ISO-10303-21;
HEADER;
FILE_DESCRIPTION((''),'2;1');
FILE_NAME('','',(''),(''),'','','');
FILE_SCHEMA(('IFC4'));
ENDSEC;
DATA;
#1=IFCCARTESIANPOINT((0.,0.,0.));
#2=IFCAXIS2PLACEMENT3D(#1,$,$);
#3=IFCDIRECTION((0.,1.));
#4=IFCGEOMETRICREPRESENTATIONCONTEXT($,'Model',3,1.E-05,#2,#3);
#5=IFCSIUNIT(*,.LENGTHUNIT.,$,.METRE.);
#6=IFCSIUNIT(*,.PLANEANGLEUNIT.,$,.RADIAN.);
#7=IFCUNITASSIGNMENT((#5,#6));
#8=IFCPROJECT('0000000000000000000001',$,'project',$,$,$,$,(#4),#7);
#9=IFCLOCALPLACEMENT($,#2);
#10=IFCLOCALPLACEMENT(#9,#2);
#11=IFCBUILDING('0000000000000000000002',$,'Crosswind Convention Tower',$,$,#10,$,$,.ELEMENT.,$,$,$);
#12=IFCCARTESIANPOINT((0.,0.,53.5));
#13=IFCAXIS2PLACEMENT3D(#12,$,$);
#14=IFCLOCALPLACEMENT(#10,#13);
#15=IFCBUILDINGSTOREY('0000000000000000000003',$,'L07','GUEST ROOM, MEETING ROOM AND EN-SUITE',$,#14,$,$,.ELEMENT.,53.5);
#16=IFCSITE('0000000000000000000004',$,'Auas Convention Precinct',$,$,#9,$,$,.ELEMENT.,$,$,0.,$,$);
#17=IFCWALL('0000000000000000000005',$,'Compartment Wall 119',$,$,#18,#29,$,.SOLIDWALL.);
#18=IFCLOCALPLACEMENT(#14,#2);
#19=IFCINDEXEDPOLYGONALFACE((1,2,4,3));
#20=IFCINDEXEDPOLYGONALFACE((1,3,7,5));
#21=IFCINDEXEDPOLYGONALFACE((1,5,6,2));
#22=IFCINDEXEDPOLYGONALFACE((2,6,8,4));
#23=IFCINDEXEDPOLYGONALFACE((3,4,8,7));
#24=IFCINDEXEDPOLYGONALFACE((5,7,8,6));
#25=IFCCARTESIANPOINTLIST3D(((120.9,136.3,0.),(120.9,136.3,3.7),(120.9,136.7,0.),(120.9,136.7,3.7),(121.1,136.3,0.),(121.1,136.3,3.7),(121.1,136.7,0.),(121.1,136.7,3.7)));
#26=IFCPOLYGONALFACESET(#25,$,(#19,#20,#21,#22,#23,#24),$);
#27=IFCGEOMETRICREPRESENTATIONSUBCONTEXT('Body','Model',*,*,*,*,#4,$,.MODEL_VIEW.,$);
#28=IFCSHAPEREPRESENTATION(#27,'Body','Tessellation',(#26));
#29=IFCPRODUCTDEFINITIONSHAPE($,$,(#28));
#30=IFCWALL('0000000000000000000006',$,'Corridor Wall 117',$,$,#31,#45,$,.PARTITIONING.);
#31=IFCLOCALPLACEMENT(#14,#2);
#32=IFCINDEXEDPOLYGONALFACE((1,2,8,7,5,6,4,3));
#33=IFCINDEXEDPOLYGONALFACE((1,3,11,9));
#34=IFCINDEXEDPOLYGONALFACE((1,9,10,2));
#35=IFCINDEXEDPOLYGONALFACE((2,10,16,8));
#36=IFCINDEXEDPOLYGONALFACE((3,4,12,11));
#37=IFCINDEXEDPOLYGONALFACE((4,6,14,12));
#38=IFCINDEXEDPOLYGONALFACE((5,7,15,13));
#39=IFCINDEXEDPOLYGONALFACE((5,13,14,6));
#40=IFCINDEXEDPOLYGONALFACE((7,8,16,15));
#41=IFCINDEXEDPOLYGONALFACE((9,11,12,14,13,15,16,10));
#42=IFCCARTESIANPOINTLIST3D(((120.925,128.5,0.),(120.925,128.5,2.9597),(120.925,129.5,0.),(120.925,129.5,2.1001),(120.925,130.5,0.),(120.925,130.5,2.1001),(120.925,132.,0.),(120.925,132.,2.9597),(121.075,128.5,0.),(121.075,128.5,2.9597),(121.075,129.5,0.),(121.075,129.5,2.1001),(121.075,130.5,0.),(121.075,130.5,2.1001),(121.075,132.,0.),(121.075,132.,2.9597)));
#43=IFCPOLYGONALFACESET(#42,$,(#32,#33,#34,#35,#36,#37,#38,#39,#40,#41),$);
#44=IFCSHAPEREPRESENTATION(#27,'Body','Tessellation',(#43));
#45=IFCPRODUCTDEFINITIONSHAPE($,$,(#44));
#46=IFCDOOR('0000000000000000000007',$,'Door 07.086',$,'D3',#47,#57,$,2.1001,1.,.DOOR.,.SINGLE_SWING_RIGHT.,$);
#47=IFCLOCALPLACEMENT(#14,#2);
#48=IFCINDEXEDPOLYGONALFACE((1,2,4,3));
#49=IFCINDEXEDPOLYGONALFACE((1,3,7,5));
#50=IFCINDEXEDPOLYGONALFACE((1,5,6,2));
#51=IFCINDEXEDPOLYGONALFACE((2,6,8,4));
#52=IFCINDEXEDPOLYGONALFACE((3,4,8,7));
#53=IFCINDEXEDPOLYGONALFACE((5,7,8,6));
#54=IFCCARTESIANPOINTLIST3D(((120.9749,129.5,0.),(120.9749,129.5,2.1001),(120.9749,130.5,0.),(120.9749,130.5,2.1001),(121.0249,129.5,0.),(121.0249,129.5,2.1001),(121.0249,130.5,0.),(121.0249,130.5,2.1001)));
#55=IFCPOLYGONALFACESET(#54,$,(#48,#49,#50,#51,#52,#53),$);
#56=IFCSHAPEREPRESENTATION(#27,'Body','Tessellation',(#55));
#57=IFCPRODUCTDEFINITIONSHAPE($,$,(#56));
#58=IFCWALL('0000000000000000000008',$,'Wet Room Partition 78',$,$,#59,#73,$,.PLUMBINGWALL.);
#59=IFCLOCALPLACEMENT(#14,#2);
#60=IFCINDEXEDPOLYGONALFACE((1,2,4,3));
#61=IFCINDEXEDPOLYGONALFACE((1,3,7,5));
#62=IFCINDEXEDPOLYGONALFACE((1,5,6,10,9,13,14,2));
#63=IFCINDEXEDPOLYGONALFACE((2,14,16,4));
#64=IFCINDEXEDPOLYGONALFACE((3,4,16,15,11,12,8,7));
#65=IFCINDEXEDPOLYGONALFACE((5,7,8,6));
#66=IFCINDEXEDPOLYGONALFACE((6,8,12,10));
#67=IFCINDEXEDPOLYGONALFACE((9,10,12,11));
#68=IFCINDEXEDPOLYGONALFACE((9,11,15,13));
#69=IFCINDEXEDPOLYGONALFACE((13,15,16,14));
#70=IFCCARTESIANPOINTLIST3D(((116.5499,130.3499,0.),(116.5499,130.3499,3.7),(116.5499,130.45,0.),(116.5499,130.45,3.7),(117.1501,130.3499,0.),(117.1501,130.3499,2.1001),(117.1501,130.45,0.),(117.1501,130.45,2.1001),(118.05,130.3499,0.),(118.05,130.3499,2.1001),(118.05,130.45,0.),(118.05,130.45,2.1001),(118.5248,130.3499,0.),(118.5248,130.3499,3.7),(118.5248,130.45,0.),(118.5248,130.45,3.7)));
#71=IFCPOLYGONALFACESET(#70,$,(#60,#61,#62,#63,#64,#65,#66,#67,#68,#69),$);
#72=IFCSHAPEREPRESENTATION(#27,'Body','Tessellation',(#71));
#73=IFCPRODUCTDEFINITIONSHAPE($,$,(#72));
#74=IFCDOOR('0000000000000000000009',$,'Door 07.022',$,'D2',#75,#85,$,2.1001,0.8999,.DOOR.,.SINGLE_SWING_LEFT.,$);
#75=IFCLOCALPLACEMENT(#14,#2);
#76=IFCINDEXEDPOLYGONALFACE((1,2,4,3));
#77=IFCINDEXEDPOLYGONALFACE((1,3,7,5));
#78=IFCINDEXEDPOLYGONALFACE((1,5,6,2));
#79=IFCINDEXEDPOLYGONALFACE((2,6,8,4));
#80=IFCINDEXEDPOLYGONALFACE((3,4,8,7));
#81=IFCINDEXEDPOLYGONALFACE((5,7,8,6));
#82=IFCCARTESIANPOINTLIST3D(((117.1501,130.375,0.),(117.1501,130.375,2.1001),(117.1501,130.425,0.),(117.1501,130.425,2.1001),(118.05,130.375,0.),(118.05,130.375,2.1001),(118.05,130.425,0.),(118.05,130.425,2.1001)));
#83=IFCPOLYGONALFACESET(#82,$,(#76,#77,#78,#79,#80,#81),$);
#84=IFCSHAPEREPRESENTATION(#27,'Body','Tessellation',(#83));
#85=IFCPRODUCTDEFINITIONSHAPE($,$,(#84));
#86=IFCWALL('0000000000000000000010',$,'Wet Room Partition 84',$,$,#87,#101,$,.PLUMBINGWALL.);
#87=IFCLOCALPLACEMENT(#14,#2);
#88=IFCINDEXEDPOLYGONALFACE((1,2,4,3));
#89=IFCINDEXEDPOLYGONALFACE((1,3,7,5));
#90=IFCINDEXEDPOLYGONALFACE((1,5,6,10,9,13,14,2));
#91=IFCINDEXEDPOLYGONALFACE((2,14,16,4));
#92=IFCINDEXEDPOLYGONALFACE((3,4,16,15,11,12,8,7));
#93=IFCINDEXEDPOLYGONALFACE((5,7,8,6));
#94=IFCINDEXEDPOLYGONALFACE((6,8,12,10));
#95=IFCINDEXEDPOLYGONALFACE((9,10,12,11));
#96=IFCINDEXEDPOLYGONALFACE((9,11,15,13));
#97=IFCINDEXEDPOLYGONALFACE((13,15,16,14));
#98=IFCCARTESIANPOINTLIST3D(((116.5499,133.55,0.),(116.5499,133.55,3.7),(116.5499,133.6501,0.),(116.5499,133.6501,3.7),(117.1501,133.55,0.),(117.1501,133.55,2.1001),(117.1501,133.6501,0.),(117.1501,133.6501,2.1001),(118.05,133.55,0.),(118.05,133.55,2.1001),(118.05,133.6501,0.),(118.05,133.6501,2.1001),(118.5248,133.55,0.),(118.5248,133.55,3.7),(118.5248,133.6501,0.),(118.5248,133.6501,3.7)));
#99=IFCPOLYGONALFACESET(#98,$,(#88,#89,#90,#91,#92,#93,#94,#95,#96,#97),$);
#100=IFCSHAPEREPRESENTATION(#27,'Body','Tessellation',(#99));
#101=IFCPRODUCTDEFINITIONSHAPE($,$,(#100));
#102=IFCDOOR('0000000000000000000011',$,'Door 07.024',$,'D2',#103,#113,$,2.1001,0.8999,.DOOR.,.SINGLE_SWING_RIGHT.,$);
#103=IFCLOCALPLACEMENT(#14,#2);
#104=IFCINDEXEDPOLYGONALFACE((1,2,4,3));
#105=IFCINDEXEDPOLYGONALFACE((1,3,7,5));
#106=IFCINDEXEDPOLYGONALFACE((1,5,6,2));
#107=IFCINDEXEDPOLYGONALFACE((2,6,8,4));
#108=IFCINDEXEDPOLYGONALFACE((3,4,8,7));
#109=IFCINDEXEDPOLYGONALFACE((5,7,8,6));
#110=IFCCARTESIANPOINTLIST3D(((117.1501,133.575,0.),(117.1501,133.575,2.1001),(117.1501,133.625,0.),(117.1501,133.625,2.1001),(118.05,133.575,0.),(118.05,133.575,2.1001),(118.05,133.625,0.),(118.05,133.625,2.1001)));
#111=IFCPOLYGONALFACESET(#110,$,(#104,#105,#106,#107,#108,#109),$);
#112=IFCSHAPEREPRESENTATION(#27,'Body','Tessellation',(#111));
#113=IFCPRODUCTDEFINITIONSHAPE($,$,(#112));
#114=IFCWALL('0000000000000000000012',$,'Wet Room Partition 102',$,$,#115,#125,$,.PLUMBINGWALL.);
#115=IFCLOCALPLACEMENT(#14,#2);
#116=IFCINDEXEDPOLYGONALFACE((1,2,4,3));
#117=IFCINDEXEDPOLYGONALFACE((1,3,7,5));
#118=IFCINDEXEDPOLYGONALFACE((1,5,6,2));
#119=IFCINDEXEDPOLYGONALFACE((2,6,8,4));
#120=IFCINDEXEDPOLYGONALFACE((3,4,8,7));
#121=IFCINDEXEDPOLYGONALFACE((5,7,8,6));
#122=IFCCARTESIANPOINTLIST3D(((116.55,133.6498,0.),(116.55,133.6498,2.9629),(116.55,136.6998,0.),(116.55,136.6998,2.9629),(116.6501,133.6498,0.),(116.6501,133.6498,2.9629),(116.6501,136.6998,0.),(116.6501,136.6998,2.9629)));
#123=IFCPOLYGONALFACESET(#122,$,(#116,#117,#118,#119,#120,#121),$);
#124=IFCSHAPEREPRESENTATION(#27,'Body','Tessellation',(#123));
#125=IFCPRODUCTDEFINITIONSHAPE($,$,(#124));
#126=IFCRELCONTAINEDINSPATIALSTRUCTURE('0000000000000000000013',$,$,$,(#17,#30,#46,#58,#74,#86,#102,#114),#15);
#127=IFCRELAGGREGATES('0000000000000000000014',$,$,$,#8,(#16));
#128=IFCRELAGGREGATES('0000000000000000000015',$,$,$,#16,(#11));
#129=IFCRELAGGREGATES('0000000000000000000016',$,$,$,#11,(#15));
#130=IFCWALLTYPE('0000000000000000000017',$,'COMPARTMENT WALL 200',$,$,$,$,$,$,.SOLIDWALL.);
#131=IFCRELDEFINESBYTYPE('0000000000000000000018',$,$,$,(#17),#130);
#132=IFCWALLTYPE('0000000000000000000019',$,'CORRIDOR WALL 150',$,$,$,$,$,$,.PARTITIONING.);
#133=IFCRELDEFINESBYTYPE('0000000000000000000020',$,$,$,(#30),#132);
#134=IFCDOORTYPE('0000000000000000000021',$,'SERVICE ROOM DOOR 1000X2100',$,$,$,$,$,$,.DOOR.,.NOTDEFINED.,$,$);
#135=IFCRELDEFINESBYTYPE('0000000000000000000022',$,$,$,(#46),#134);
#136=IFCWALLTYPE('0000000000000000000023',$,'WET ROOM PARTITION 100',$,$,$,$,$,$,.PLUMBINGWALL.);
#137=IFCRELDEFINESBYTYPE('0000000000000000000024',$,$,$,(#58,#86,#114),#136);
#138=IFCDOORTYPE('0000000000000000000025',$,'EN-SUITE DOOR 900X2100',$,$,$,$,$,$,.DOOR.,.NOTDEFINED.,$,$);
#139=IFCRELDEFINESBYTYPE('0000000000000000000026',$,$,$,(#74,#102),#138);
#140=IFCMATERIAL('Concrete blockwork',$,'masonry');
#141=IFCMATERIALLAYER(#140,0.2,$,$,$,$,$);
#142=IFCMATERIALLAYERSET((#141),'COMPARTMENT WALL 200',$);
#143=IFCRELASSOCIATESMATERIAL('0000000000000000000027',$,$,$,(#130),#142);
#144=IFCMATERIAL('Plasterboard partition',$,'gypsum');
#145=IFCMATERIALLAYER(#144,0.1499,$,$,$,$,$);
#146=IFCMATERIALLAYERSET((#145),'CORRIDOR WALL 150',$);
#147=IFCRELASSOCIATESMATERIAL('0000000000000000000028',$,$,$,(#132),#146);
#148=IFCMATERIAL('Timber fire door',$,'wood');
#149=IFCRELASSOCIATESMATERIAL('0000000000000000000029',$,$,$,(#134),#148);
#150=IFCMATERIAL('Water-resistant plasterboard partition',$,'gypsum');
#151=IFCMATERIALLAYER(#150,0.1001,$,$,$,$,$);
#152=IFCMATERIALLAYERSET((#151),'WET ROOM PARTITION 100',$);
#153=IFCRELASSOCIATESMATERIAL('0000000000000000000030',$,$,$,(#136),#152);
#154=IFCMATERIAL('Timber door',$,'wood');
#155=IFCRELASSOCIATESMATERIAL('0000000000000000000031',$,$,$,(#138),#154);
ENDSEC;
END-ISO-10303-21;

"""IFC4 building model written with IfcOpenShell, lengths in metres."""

from ifc_helpers import new_model, si_unit, direction, frame, frame_2d, origin, place, context, subcontext, project, spatial, rectangle, extrude, material, layer, layer_set, type_object, element, fill, save


model = new_model("IFC4")

# Units and contexts
model_context = context("Model", 3, precision=1e-05, world=origin(), true_north=direction((0.0, 1.0)))
body_context = subcontext(model_context, "Body", "Model", "MODEL_VIEW")
ifc_project = project(units=[si_unit("LENGTHUNIT", "METRE"), si_unit("PLANEANGLEUNIT", "RADIAN")], contexts=[model_context])

# Site, building, storey
site_placement = place(None, origin())
site = spatial("IfcSite", under=ifc_project, at=site_placement, Name="Auas Convention Precinct", CompositionType="ELEMENT", RefElevation=0.0)
building_placement = place(site_placement, origin())
building = spatial("IfcBuilding", under=site, at=building_placement, Name="Crosswind Convention Tower", CompositionType="ELEMENT")
storey_placement = place(building_placement, frame((0.0, 0.0, 53.5)))
storey = spatial("IfcBuildingStorey", under=building, at=storey_placement, Name="L07", Description="GUEST ROOM, MEETING ROOM AND EN-SUITE", CompositionType="ELEMENT", Elevation=53.5)

# Shared definitions
ifc_material_1 = material(Name="Concrete blockwork", Category="masonry")
ifc_layer_1 = layer(ifc_material_1, 0.2)
ifc_layer_set_1 = layer_set([ifc_layer_1], Name="COMPARTMENT WALL 200")
wall_type_1 = type_object("IfcWallType", Name="COMPARTMENT WALL 200", PredefinedType="SOLIDWALL", material=ifc_layer_set_1)

# Wall
wall_1_placement = place(storey_placement, frame((121.0, 136.3, 0.0), z_axis=(0.0, 0.0, 1.0), x_axis=(0.0, 1.0, 0.0)))
element("IfcWall", 1, at=wall_1_placement, inside=storey, type_object=wall_type_1, Name="Compartment Wall 119", PredefinedType="SOLIDWALL", context=body_context, shape_type="SweptSolid", body=[
    extrude(rectangle(XDim=0.3999, YDim=0.2, at=frame_2d((0.2, 0.0))), origin(), (0.0, 0.0, 1.0), 3.7),
])

# Walls, openings, doors
ifc_material_2 = material(Name="Plasterboard partition", Category="gypsum")
ifc_layer_2 = layer(ifc_material_2, 0.1499)
ifc_layer_set_2 = layer_set([ifc_layer_2], Name="CORRIDOR WALL 150")
wall_type_2 = type_object("IfcWallType", Name="CORRIDOR WALL 150", PredefinedType="PARTITIONING", material=ifc_layer_set_2)
wall_2_placement = place(storey_placement, frame((121.0, 128.5, 0.0), z_axis=(0.0, 0.0, 1.0), x_axis=(0.0, 1.0, 0.0)))
wall_2 = element("IfcWall", 2, at=wall_2_placement, inside=storey, type_object=wall_type_2, Name="Corridor Wall 117", PredefinedType="PARTITIONING", context=body_context, shape_type="SweptSolid", body=[
    extrude(rectangle(XDim=3.5, YDim=0.1499, at=frame_2d((1.75, 0.0))), origin(), (0.0, 0.0, 1.0), 2.9597),
])
opening_1_placement = place(wall_2_placement, frame((1.0, 0.0, 0.0)))
opening_1 = element("IfcOpeningElement", 3, at=opening_1_placement, cuts=wall_2, PredefinedType="OPENING", context=body_context, shape_type="SweptSolid", body=[
    extrude(rectangle(XDim=1.0, YDim=2.1001, at=frame_2d((0.5, 1.05))), frame((0.0, 0.085, 0.0), z_axis=(0.0, -1.0, 0.0), x_axis=(1.0, 0.0, 0.0)), (0.0, 0.0, 1.0), 0.1699),
])
ifc_material_3 = material(Name="Timber fire door", Category="wood")
door_type_1 = type_object("IfcDoorType", Name="SERVICE ROOM DOOR 1000X2100", OperationType="NOTDEFINED", PredefinedType="DOOR", material=ifc_material_3)
door_1_placement = place(opening_1_placement, frame((1.0, 0.0, 0.0), z_axis=(0.0, 0.0, 1.0), x_axis=(-1.0, 0.0, 0.0)))
door_1 = element("IfcDoor", 4, at=door_1_placement, inside=storey, type_object=door_type_1, Name="Door 07.086", ObjectType="D3", OperationType="SINGLE_SWING_RIGHT", OverallHeight=2.1001, OverallWidth=1.0, PredefinedType="DOOR", context=body_context, shape_type="SweptSolid", body=[
    extrude(rectangle(XDim=1.0, YDim=2.1001, at=frame_2d((0.5, 1.05))), frame((0.0, 0.0249, 0.0), z_axis=(0.0, -1.0, 0.0), x_axis=(1.0, 0.0, 0.0)), (0.0, 0.0, 1.0), 0.05),
])
fill(opening_1, door_1)
ifc_material_4 = material(Name="Water-resistant plasterboard partition", Category="gypsum")
ifc_layer_3 = layer(ifc_material_4, 0.1001)
ifc_layer_set_3 = layer_set([ifc_layer_3], Name="WET ROOM PARTITION 100")
wall_type_3 = type_object("IfcWallType", Name="WET ROOM PARTITION 100", PredefinedType="PLUMBINGWALL", material=ifc_layer_set_3)
wall_3_placement = place(storey_placement, frame((116.55, 130.3999, 0.0), z_axis=(0.0, 0.0, 1.0), x_axis=(1.0, 0.0, 0.0)))
wall_3 = element("IfcWall", 5, at=wall_3_placement, inside=storey, type_object=wall_type_3, Name="Wet Room Partition 78", PredefinedType="PLUMBINGWALL", context=body_context, shape_type="SweptSolid", body=[
    extrude(rectangle(XDim=1.9749, YDim=0.1001, at=frame_2d((0.9873, 0.0))), origin(), (0.0, 0.0, 1.0), 3.7),
])
opening_2_placement = place(wall_3_placement, frame((0.6001, 0.0, 0.0)))
opening_2 = element("IfcOpeningElement", 6, at=opening_2_placement, cuts=wall_3, PredefinedType="OPENING", context=body_context, shape_type="SweptSolid", body=[
    extrude(rectangle(XDim=0.8999, YDim=2.1001, at=frame_2d((0.45, 1.05))), frame((0.0, 0.0601, 0.0), z_axis=(0.0, -1.0, 0.0), x_axis=(1.0, 0.0, 0.0)), (0.0, 0.0, 1.0), 0.1201),
])
ifc_material_5 = material(Name="Timber door", Category="wood")
door_type_2 = type_object("IfcDoorType", Name="EN-SUITE DOOR 900X2100", OperationType="NOTDEFINED", PredefinedType="DOOR", material=ifc_material_5)
door_2_placement = place(opening_2_placement, frame((0.8999, 0.0, 0.0), z_axis=(0.0, 0.0, 1.0), x_axis=(-1.0, 0.0, 0.0)))
door_2 = element("IfcDoor", 7, at=door_2_placement, inside=storey, type_object=door_type_2, Name="Door 07.022", ObjectType="D2", OperationType="SINGLE_SWING_LEFT", OverallHeight=2.1001, OverallWidth=0.8999, PredefinedType="DOOR", context=body_context, shape_type="SweptSolid", body=[
    extrude(rectangle(XDim=0.8999, YDim=2.1001, at=frame_2d((0.45, 1.05))), frame((0.0, 0.0249, 0.0), z_axis=(0.0, -1.0, 0.0), x_axis=(1.0, 0.0, 0.0)), (0.0, 0.0, 1.0), 0.05),
])
fill(opening_2, door_2)
wall_4_placement = place(storey_placement, frame((116.55, 133.6001, 0.0), z_axis=(0.0, 0.0, 1.0), x_axis=(1.0, 0.0, 0.0)))
wall_4 = element("IfcWall", 8, at=wall_4_placement, inside=storey, type_object=wall_type_3, Name="Wet Room Partition 84", PredefinedType="PLUMBINGWALL", context=body_context, shape_type="SweptSolid", body=[
    extrude(rectangle(XDim=1.9749, YDim=0.1001, at=frame_2d((0.9873, 0.0))), origin(), (0.0, 0.0, 1.0), 3.7),
])
opening_3_placement = place(wall_4_placement, frame((0.6001, 0.0, 0.0)))
opening_3 = element("IfcOpeningElement", 9, at=opening_3_placement, cuts=wall_4, PredefinedType="OPENING", context=body_context, shape_type="SweptSolid", body=[
    extrude(rectangle(XDim=0.8999, YDim=2.1001, at=frame_2d((0.45, 1.05))), frame((0.0, 0.0601, 0.0), z_axis=(0.0, -1.0, 0.0), x_axis=(1.0, 0.0, 0.0)), (0.0, 0.0, 1.0), 0.1201),
])
door_3_placement = place(opening_3_placement, origin())
door_3 = element("IfcDoor", 10, at=door_3_placement, inside=storey, type_object=door_type_2, Name="Door 07.024", ObjectType="D2", OperationType="SINGLE_SWING_RIGHT", OverallHeight=2.1001, OverallWidth=0.8999, PredefinedType="DOOR", context=body_context, shape_type="SweptSolid", body=[
    extrude(rectangle(XDim=0.8999, YDim=2.1001, at=frame_2d((0.45, 1.05))), frame((0.0, 0.0249, 0.0), z_axis=(0.0, -1.0, 0.0), x_axis=(1.0, 0.0, 0.0)), (0.0, 0.0, 1.0), 0.05),
])
fill(opening_3, door_3)

# Wall
wall_5_placement = place(storey_placement, frame((116.6001, 133.6499, 0.0), z_axis=(0.0, 0.0, 1.0), x_axis=(0.0, 1.0, 0.0)))
element("IfcWall", 11, at=wall_5_placement, inside=storey, type_object=wall_type_3, Name="Wet Room Partition 102", PredefinedType="PLUMBINGWALL", context=body_context, shape_type="SweptSolid", body=[
    extrude(rectangle(XDim=3.05, YDim=0.1001, at=frame_2d((1.5249, 0.0))), origin(), (0.0, 0.0, 1.0), 2.9629),
])

save(model, "model.ifc")
